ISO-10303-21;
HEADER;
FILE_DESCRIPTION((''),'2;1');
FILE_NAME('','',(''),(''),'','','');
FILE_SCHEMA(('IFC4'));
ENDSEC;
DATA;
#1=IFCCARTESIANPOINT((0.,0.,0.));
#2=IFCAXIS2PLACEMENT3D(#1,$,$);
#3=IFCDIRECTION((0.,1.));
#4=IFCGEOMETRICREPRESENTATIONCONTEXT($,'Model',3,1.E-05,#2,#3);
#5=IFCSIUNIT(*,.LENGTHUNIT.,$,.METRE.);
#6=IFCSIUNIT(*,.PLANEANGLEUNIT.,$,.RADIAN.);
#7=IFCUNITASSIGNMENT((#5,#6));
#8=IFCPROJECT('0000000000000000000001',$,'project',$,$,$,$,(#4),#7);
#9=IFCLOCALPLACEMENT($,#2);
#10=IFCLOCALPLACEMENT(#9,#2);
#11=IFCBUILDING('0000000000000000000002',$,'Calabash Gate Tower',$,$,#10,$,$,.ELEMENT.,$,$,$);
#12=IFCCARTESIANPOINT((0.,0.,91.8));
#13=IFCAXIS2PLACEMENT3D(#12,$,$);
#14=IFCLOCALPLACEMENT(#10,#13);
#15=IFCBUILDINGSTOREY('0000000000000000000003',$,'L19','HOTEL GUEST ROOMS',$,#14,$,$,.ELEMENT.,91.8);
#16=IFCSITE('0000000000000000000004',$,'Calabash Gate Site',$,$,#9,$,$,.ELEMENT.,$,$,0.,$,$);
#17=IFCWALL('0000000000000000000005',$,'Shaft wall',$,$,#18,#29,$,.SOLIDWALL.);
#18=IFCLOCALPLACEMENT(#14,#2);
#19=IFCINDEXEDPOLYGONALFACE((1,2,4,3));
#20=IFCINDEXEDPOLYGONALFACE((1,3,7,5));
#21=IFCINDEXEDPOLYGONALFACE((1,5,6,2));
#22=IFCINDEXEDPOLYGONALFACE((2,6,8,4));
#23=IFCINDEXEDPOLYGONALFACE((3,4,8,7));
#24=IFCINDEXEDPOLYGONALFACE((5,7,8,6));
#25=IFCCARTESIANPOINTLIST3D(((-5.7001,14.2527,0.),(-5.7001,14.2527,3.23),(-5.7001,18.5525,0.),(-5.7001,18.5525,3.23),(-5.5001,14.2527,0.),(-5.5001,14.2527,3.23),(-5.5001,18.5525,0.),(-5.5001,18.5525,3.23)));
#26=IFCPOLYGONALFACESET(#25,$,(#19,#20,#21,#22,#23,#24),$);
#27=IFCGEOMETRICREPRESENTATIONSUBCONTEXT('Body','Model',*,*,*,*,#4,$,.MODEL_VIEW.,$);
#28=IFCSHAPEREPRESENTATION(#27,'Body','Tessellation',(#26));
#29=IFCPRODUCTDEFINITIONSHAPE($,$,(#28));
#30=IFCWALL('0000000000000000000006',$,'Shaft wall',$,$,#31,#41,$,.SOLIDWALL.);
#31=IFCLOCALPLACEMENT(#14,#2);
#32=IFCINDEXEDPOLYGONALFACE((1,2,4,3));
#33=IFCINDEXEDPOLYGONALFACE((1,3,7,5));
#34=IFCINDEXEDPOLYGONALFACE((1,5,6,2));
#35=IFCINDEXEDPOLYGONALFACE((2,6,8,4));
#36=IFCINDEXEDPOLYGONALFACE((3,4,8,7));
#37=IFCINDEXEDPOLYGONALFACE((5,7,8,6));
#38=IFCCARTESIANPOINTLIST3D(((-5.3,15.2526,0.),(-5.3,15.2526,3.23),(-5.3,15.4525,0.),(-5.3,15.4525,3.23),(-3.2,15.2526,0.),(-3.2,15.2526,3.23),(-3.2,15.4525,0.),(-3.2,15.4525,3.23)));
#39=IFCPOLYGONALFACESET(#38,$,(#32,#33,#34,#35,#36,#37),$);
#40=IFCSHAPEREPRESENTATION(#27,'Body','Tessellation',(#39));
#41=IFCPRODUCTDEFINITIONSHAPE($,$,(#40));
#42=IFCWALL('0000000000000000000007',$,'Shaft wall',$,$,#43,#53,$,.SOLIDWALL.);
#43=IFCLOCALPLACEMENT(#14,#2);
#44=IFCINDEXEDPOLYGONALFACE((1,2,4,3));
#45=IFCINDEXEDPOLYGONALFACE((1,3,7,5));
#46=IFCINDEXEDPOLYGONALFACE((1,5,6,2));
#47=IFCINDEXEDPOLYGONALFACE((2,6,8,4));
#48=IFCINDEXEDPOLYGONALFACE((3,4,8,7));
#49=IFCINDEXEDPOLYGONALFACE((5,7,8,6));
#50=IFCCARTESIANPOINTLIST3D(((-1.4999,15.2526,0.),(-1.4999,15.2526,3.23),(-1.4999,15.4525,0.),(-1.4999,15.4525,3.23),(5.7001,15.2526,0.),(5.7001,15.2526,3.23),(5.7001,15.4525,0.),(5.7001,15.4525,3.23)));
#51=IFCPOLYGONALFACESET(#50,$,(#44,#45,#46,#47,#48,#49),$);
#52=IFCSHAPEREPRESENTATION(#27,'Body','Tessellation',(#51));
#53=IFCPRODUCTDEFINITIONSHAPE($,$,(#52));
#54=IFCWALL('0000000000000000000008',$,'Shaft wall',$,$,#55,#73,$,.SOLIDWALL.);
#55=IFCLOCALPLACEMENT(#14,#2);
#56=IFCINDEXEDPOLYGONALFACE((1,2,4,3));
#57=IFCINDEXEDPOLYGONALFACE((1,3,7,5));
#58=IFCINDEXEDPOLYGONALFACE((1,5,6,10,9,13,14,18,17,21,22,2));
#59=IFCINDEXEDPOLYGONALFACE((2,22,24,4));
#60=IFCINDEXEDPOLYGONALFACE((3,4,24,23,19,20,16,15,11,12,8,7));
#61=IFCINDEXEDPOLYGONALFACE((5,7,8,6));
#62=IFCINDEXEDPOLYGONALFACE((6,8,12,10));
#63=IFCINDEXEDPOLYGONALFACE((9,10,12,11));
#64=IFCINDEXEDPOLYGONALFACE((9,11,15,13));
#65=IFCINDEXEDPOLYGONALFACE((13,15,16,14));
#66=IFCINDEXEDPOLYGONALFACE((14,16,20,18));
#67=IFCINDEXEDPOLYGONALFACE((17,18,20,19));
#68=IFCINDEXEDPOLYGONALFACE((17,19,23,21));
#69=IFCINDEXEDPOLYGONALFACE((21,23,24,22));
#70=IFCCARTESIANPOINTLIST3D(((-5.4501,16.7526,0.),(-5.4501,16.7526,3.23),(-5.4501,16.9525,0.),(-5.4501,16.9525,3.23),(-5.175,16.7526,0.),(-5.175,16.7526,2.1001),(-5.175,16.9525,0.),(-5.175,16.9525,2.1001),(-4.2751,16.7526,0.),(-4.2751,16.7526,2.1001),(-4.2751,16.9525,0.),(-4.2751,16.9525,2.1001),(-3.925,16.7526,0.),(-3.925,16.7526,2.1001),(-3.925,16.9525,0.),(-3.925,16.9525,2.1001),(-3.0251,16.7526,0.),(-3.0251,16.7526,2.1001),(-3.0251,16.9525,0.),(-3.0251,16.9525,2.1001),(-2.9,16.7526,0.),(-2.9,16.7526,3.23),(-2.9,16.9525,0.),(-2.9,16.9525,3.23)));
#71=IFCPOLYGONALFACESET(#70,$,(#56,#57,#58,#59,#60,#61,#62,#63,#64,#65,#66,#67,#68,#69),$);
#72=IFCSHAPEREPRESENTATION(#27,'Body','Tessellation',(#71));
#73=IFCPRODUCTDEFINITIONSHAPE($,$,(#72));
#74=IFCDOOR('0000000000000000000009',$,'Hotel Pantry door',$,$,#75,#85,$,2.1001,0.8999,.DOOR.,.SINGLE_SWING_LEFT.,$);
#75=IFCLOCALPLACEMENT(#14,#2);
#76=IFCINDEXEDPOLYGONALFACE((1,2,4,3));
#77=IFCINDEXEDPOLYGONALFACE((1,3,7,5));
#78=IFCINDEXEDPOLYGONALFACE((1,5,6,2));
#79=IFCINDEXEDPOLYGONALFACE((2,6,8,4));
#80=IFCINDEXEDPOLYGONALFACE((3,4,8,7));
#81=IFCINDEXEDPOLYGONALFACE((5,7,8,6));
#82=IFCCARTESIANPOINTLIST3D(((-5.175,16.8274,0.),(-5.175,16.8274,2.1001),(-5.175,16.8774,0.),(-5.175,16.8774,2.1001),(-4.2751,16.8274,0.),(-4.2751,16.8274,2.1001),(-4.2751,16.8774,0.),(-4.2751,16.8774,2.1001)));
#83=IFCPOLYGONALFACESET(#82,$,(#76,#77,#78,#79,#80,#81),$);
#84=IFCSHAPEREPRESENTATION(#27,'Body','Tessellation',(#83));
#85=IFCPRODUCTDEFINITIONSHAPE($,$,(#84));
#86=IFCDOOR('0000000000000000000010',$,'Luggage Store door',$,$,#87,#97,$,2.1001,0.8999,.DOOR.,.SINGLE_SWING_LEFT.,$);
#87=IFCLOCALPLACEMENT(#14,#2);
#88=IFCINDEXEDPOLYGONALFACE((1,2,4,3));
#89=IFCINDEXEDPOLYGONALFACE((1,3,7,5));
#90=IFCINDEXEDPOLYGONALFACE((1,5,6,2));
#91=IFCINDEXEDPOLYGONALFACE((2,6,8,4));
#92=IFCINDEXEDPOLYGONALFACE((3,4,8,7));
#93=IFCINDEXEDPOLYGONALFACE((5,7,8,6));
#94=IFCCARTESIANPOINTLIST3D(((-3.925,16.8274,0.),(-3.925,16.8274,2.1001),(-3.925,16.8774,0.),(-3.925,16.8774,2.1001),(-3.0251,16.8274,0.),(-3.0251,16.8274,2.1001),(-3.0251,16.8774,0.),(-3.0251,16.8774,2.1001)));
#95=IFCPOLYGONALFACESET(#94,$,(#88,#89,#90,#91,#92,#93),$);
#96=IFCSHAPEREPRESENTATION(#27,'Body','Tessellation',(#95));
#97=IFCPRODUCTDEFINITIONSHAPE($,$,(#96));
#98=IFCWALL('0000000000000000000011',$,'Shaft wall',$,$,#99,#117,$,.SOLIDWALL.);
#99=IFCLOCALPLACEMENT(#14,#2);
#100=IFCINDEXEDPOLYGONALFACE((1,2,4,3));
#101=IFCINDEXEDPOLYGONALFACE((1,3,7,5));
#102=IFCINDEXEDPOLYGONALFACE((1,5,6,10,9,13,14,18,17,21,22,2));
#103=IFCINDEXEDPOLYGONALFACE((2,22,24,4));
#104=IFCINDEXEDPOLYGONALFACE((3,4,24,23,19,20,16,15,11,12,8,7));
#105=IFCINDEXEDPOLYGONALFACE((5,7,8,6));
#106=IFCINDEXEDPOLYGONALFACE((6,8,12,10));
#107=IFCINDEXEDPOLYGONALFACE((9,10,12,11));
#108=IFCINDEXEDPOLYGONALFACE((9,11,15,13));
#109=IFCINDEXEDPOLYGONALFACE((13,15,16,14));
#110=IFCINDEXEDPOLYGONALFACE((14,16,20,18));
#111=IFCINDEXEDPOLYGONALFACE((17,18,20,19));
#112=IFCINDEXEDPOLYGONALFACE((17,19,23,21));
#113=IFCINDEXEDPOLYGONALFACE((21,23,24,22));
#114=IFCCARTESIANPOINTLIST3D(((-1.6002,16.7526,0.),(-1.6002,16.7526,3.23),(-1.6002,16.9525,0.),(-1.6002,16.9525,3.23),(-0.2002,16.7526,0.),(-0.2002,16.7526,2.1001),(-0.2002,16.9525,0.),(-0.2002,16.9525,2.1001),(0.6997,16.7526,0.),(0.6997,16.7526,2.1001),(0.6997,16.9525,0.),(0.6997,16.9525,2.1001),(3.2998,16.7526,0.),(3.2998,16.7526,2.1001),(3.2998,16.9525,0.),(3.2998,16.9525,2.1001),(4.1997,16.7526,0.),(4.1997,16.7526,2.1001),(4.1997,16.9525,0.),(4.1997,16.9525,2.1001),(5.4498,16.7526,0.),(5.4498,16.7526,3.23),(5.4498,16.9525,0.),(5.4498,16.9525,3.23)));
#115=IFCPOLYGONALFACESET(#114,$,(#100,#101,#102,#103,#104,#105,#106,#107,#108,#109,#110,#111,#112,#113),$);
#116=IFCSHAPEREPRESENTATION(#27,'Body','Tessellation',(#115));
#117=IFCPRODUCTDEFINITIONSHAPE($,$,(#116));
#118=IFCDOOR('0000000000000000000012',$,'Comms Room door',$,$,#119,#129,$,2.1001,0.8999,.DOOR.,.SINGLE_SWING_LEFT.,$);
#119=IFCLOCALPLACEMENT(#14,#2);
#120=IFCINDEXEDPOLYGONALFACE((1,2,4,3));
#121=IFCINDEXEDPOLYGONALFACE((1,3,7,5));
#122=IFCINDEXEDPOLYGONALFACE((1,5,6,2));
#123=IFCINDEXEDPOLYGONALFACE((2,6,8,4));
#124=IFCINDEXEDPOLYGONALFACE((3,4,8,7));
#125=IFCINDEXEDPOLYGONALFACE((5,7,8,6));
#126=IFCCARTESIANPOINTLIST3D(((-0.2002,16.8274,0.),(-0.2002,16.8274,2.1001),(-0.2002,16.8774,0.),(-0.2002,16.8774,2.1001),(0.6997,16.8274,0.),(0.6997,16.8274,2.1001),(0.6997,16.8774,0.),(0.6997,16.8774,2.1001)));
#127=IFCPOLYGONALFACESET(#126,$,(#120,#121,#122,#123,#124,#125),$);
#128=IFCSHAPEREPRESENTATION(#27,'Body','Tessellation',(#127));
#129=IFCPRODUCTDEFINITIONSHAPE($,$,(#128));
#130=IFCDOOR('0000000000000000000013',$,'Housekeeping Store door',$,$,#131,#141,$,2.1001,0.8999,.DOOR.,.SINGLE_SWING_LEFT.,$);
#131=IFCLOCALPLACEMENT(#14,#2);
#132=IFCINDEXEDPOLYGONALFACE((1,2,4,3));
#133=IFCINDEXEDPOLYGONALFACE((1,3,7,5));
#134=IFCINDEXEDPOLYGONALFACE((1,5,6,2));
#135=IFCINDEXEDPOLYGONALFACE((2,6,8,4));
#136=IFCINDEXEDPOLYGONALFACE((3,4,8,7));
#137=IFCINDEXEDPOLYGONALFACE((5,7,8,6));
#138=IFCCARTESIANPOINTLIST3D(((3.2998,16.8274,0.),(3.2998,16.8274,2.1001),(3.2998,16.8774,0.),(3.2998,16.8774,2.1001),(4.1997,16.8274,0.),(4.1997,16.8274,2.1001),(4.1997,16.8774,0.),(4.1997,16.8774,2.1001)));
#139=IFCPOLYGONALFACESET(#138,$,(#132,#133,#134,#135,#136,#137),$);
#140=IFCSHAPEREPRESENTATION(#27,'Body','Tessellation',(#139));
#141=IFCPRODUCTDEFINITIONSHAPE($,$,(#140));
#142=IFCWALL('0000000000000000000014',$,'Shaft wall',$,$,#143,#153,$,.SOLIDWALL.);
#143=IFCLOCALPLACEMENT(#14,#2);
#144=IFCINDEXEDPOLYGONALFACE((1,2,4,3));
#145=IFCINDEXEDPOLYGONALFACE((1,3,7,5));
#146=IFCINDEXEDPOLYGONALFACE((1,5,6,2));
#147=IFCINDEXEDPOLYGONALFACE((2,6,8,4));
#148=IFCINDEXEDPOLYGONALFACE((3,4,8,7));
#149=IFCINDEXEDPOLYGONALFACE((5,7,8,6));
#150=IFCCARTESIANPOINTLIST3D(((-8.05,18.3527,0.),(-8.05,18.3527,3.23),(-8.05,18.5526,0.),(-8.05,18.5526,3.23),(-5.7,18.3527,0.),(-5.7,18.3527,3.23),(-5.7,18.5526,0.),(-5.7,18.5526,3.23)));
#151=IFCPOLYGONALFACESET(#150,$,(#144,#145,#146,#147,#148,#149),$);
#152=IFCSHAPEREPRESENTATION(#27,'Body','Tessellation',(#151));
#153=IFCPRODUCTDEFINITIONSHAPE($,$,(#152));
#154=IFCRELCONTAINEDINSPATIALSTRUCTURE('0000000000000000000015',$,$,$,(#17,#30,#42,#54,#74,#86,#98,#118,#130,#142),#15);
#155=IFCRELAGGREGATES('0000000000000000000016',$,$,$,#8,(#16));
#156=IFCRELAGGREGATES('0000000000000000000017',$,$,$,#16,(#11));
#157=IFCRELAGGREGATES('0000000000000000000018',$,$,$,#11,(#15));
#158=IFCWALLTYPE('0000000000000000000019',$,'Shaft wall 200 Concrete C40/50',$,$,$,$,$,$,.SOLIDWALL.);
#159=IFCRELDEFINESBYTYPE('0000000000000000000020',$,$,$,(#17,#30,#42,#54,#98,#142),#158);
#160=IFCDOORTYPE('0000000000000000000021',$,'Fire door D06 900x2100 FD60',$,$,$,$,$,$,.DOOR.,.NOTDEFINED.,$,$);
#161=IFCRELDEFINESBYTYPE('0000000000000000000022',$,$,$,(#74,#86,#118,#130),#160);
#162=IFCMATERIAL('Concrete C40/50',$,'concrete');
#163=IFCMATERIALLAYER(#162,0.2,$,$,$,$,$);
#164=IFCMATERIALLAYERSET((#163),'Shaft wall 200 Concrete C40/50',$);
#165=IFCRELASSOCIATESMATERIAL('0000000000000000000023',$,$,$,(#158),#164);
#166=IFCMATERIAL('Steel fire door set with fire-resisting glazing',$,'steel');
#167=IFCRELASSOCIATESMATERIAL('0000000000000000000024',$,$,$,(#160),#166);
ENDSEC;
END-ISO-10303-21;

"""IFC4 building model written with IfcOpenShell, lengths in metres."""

from ifc_helpers import new_model, si_unit, direction, frame, frame_2d, origin, place, context, subcontext, project, spatial, rectangle, extrude, material, layer, layer_set, type_object, element, fill, save


model = new_model("IFC4")

# Units and contexts
model_context = context("Model", 3, precision=1e-05, world=origin(), true_north=direction((0.0, 1.0)))
body_context = subcontext(model_context, "Body", "Model", "MODEL_VIEW")
ifc_project = project(units=[si_unit("LENGTHUNIT", "METRE"), si_unit("PLANEANGLEUNIT", "RADIAN")], contexts=[model_context])

# Site, building, storey
site_placement = place(None, origin())
site = spatial("IfcSite", under=ifc_project, at=site_placement, Name="Calabash Gate Site", CompositionType="ELEMENT", RefElevation=0.0)
building_placement = place(site_placement, origin())
building = spatial("IfcBuilding", under=site, at=building_placement, Name="Calabash Gate Tower", CompositionType="ELEMENT")
storey_placement = place(building_placement, frame((0.0, 0.0, 91.8)))
storey = spatial("IfcBuildingStorey", under=building, at=storey_placement, Name="L19", Description="HOTEL GUEST ROOMS", CompositionType="ELEMENT", Elevation=91.8)

# Shared definitions
ifc_material_1 = material(Name="Concrete C40/50", Category="concrete")
ifc_layer_1 = layer(ifc_material_1, 0.2)
ifc_layer_set_1 = layer_set([ifc_layer_1], Name="Shaft wall 200 Concrete C40/50")
wall_type_1 = type_object("IfcWallType", Name="Shaft wall 200 Concrete C40/50", PredefinedType="SOLIDWALL", material=ifc_layer_set_1)
ifc_material_2 = material(Name="Steel fire door set with fire-resisting glazing", Category="steel")
door_type_1 = type_object("IfcDoorType", Name="Fire door D06 900x2100 FD60", OperationType="NOTDEFINED", PredefinedType="DOOR", material=ifc_material_2)

# Walls
wall_1_placement = place(storey_placement, frame((-5.6001, 14.2527, 0.0), z_axis=(0.0, 0.0, 1.0), x_axis=(0.0, 1.0, 0.0)))
element("IfcWall", 1, at=wall_1_placement, inside=storey, type_object=wall_type_1, Name="Shaft wall", PredefinedType="SOLIDWALL", context=body_context, shape_type="SweptSolid", body=[
    extrude(rectangle(XDim=4.2998, YDim=0.2, at=frame_2d((2.1499, 0.0))), origin(), (0.0, 0.0, 1.0), 3.23),
])
wall_2_placement = place(storey_placement, frame((-5.3, 15.3525, 0.0), z_axis=(0.0, 0.0, 1.0), x_axis=(1.0, 0.0, 0.0)))
element("IfcWall", 2, at=wall_2_placement, inside=storey, type_object=wall_type_1, Name="Shaft wall", PredefinedType="SOLIDWALL", context=body_context, shape_type="SweptSolid", body=[
    extrude(rectangle(XDim=2.1001, YDim=0.2, at=frame_2d((1.05, 0.0))), origin(), (0.0, 0.0, 1.0), 3.23),
])
wall_3_placement = place(storey_placement, frame((-1.5, 15.3525, 0.0), z_axis=(0.0, 0.0, 1.0), x_axis=(1.0, 0.0, 0.0)))
element("IfcWall", 3, at=wall_3_placement, inside=storey, type_object=wall_type_1, Name="Shaft wall", PredefinedType="SOLIDWALL", context=body_context, shape_type="SweptSolid", body=[
    extrude(rectangle(XDim=7.2, YDim=0.2, at=frame_2d((3.6001, 0.0))), origin(), (0.0, 0.0, 1.0), 3.23),
])

# Walls, openings, doors
wall_4_placement = place(storey_placement, frame((-5.45, 16.8525, 0.0), z_axis=(0.0, 0.0, 1.0), x_axis=(1.0, 0.0, 0.0)))
wall_4 = element("IfcWall", 4, at=wall_4_placement, inside=storey, type_object=wall_type_1, Name="Shaft wall", PredefinedType="SOLIDWALL", context=body_context, shape_type="SweptSolid", body=[
    extrude(rectangle(XDim=2.55, YDim=0.2, at=frame_2d((1.2749, 0.0))), origin(), (0.0, 0.0, 1.0), 3.23),
])
opening_1_placement = place(wall_4_placement, frame((0.2749, 0.0, 0.0)))
opening_1 = element("IfcOpeningElement", 5, at=opening_1_placement, cuts=wall_4, PredefinedType="OPENING", context=body_context, shape_type="SweptSolid", body=[
    extrude(rectangle(XDim=0.8999, YDim=2.1001, at=frame_2d((0.45, 1.05))), frame((0.0, 0.1099, 0.0), z_axis=(0.0, -1.0, 0.0), x_axis=(1.0, 0.0, 0.0)), (0.0, 0.0, 1.0), 0.22),
])
opening_2_placement = place(wall_4_placement, frame((1.5249, 0.0, 0.0)))
opening_2 = element("IfcOpeningElement", 6, at=opening_2_placement, cuts=wall_4, PredefinedType="OPENING", context=body_context, shape_type="SweptSolid", body=[
    extrude(rectangle(XDim=0.8999, YDim=2.1001, at=frame_2d((0.45, 1.05))), frame((0.0, 0.1099, 0.0), z_axis=(0.0, -1.0, 0.0), x_axis=(1.0, 0.0, 0.0)), (0.0, 0.0, 1.0), 0.22),
])
door_1_placement = place(opening_1_placement, origin())
door_1 = element("IfcDoor", 7, at=door_1_placement, inside=storey, type_object=door_type_1, Name="Hotel Pantry door", OperationType="SINGLE_SWING_LEFT", OverallHeight=2.1001, OverallWidth=0.8999, PredefinedType="DOOR", context=body_context, shape_type="SweptSolid", body=[
    extrude(rectangle(XDim=0.8999, YDim=2.1001, at=frame_2d((0.45, 1.05))), frame((0.0, 0.0249, 0.0), z_axis=(0.0, -1.0, 0.0), x_axis=(1.0, 0.0, 0.0)), (0.0, 0.0, 1.0), 0.05),
])
fill(opening_1, door_1)
door_2_placement = place(opening_2_placement, origin())
door_2 = element("IfcDoor", 8, at=door_2_placement, inside=storey, type_object=door_type_1, Name="Luggage Store door", OperationType="SINGLE_SWING_LEFT", OverallHeight=2.1001, OverallWidth=0.8999, PredefinedType="DOOR", context=body_context, shape_type="SweptSolid", body=[
    extrude(rectangle(XDim=0.8999, YDim=2.1001, at=frame_2d((0.45, 1.05))), frame((0.0, 0.0249, 0.0), z_axis=(0.0, -1.0, 0.0), x_axis=(1.0, 0.0, 0.0)), (0.0, 0.0, 1.0), 0.05),
])
fill(opening_2, door_2)
wall_5_placement = place(storey_placement, frame((-1.6001, 16.8525, 0.0), z_axis=(0.0, 0.0, 1.0), x_axis=(1.0, 0.0, 0.0)))
wall_5 = element("IfcWall", 9, at=wall_5_placement, inside=storey, type_object=wall_type_1, Name="Shaft wall", PredefinedType="SOLIDWALL", context=body_context, shape_type="SweptSolid", body=[
    extrude(rectangle(XDim=7.05, YDim=0.2, at=frame_2d((3.5249, 0.0))), origin(), (0.0, 0.0, 1.0), 3.23),
])
opening_3_placement = place(wall_5_placement, frame((1.3999, 0.0, 0.0)))
opening_3 = element("IfcOpeningElement", 10, at=opening_3_placement, cuts=wall_5, PredefinedType="OPENING", context=body_context, shape_type="SweptSolid", body=[
    extrude(rectangle(XDim=0.8999, YDim=2.1001, at=frame_2d((0.45, 1.05))), frame((0.0, 0.1099, 0.0), z_axis=(0.0, -1.0, 0.0), x_axis=(1.0, 0.0, 0.0)), (0.0, 0.0, 1.0), 0.22),
])
opening_4_placement = place(wall_5_placement, frame((4.8999, 0.0, 0.0)))
opening_4 = element("IfcOpeningElement", 11, at=opening_4_placement, cuts=wall_5, PredefinedType="OPENING", context=body_context, shape_type="SweptSolid", body=[
    extrude(rectangle(XDim=0.8999, YDim=2.1001, at=frame_2d((0.45, 1.05))), frame((0.0, 0.1099, 0.0), z_axis=(0.0, -1.0, 0.0), x_axis=(1.0, 0.0, 0.0)), (0.0, 0.0, 1.0), 0.22),
])
door_3_placement = place(opening_3_placement, origin())
door_3 = element("IfcDoor", 12, at=door_3_placement, inside=storey, type_object=door_type_1, Name="Comms Room door", OperationType="SINGLE_SWING_LEFT", OverallHeight=2.1001, OverallWidth=0.8999, PredefinedType="DOOR", context=body_context, shape_type="SweptSolid", body=[
    extrude(rectangle(XDim=0.8999, YDim=2.1001, at=frame_2d((0.45, 1.05))), frame((0.0, 0.0249, 0.0), z_axis=(0.0, -1.0, 0.0), x_axis=(1.0, 0.0, 0.0)), (0.0, 0.0, 1.0), 0.05),
])
fill(opening_3, door_3)
door_4_placement = place(opening_4_placement, origin())
door_4 = element("IfcDoor", 13, at=door_4_placement, inside=storey, type_object=door_type_1, Name="Housekeeping Store door", OperationType="SINGLE_SWING_LEFT", OverallHeight=2.1001, OverallWidth=0.8999, PredefinedType="DOOR", context=body_context, shape_type="SweptSolid", body=[
    extrude(rectangle(XDim=0.8999, YDim=2.1001, at=frame_2d((0.45, 1.05))), frame((0.0, 0.0249, 0.0), z_axis=(0.0, -1.0, 0.0), x_axis=(1.0, 0.0, 0.0)), (0.0, 0.0, 1.0), 0.05),
])
fill(opening_4, door_4)

# Wall
wall_6_placement = place(storey_placement, frame((-8.05, 18.4526, 0.0), z_axis=(0.0, 0.0, 1.0), x_axis=(1.0, 0.0, 0.0)))
element("IfcWall", 14, at=wall_6_placement, inside=storey, type_object=wall_type_1, Name="Shaft wall", PredefinedType="SOLIDWALL", context=body_context, shape_type="SweptSolid", body=[
    extrude(rectangle(XDim=2.3501, YDim=0.2, at=frame_2d((1.175, 0.0))), origin(), (0.0, 0.0, 1.0), 3.23),
])

save(model, "model.ifc")
